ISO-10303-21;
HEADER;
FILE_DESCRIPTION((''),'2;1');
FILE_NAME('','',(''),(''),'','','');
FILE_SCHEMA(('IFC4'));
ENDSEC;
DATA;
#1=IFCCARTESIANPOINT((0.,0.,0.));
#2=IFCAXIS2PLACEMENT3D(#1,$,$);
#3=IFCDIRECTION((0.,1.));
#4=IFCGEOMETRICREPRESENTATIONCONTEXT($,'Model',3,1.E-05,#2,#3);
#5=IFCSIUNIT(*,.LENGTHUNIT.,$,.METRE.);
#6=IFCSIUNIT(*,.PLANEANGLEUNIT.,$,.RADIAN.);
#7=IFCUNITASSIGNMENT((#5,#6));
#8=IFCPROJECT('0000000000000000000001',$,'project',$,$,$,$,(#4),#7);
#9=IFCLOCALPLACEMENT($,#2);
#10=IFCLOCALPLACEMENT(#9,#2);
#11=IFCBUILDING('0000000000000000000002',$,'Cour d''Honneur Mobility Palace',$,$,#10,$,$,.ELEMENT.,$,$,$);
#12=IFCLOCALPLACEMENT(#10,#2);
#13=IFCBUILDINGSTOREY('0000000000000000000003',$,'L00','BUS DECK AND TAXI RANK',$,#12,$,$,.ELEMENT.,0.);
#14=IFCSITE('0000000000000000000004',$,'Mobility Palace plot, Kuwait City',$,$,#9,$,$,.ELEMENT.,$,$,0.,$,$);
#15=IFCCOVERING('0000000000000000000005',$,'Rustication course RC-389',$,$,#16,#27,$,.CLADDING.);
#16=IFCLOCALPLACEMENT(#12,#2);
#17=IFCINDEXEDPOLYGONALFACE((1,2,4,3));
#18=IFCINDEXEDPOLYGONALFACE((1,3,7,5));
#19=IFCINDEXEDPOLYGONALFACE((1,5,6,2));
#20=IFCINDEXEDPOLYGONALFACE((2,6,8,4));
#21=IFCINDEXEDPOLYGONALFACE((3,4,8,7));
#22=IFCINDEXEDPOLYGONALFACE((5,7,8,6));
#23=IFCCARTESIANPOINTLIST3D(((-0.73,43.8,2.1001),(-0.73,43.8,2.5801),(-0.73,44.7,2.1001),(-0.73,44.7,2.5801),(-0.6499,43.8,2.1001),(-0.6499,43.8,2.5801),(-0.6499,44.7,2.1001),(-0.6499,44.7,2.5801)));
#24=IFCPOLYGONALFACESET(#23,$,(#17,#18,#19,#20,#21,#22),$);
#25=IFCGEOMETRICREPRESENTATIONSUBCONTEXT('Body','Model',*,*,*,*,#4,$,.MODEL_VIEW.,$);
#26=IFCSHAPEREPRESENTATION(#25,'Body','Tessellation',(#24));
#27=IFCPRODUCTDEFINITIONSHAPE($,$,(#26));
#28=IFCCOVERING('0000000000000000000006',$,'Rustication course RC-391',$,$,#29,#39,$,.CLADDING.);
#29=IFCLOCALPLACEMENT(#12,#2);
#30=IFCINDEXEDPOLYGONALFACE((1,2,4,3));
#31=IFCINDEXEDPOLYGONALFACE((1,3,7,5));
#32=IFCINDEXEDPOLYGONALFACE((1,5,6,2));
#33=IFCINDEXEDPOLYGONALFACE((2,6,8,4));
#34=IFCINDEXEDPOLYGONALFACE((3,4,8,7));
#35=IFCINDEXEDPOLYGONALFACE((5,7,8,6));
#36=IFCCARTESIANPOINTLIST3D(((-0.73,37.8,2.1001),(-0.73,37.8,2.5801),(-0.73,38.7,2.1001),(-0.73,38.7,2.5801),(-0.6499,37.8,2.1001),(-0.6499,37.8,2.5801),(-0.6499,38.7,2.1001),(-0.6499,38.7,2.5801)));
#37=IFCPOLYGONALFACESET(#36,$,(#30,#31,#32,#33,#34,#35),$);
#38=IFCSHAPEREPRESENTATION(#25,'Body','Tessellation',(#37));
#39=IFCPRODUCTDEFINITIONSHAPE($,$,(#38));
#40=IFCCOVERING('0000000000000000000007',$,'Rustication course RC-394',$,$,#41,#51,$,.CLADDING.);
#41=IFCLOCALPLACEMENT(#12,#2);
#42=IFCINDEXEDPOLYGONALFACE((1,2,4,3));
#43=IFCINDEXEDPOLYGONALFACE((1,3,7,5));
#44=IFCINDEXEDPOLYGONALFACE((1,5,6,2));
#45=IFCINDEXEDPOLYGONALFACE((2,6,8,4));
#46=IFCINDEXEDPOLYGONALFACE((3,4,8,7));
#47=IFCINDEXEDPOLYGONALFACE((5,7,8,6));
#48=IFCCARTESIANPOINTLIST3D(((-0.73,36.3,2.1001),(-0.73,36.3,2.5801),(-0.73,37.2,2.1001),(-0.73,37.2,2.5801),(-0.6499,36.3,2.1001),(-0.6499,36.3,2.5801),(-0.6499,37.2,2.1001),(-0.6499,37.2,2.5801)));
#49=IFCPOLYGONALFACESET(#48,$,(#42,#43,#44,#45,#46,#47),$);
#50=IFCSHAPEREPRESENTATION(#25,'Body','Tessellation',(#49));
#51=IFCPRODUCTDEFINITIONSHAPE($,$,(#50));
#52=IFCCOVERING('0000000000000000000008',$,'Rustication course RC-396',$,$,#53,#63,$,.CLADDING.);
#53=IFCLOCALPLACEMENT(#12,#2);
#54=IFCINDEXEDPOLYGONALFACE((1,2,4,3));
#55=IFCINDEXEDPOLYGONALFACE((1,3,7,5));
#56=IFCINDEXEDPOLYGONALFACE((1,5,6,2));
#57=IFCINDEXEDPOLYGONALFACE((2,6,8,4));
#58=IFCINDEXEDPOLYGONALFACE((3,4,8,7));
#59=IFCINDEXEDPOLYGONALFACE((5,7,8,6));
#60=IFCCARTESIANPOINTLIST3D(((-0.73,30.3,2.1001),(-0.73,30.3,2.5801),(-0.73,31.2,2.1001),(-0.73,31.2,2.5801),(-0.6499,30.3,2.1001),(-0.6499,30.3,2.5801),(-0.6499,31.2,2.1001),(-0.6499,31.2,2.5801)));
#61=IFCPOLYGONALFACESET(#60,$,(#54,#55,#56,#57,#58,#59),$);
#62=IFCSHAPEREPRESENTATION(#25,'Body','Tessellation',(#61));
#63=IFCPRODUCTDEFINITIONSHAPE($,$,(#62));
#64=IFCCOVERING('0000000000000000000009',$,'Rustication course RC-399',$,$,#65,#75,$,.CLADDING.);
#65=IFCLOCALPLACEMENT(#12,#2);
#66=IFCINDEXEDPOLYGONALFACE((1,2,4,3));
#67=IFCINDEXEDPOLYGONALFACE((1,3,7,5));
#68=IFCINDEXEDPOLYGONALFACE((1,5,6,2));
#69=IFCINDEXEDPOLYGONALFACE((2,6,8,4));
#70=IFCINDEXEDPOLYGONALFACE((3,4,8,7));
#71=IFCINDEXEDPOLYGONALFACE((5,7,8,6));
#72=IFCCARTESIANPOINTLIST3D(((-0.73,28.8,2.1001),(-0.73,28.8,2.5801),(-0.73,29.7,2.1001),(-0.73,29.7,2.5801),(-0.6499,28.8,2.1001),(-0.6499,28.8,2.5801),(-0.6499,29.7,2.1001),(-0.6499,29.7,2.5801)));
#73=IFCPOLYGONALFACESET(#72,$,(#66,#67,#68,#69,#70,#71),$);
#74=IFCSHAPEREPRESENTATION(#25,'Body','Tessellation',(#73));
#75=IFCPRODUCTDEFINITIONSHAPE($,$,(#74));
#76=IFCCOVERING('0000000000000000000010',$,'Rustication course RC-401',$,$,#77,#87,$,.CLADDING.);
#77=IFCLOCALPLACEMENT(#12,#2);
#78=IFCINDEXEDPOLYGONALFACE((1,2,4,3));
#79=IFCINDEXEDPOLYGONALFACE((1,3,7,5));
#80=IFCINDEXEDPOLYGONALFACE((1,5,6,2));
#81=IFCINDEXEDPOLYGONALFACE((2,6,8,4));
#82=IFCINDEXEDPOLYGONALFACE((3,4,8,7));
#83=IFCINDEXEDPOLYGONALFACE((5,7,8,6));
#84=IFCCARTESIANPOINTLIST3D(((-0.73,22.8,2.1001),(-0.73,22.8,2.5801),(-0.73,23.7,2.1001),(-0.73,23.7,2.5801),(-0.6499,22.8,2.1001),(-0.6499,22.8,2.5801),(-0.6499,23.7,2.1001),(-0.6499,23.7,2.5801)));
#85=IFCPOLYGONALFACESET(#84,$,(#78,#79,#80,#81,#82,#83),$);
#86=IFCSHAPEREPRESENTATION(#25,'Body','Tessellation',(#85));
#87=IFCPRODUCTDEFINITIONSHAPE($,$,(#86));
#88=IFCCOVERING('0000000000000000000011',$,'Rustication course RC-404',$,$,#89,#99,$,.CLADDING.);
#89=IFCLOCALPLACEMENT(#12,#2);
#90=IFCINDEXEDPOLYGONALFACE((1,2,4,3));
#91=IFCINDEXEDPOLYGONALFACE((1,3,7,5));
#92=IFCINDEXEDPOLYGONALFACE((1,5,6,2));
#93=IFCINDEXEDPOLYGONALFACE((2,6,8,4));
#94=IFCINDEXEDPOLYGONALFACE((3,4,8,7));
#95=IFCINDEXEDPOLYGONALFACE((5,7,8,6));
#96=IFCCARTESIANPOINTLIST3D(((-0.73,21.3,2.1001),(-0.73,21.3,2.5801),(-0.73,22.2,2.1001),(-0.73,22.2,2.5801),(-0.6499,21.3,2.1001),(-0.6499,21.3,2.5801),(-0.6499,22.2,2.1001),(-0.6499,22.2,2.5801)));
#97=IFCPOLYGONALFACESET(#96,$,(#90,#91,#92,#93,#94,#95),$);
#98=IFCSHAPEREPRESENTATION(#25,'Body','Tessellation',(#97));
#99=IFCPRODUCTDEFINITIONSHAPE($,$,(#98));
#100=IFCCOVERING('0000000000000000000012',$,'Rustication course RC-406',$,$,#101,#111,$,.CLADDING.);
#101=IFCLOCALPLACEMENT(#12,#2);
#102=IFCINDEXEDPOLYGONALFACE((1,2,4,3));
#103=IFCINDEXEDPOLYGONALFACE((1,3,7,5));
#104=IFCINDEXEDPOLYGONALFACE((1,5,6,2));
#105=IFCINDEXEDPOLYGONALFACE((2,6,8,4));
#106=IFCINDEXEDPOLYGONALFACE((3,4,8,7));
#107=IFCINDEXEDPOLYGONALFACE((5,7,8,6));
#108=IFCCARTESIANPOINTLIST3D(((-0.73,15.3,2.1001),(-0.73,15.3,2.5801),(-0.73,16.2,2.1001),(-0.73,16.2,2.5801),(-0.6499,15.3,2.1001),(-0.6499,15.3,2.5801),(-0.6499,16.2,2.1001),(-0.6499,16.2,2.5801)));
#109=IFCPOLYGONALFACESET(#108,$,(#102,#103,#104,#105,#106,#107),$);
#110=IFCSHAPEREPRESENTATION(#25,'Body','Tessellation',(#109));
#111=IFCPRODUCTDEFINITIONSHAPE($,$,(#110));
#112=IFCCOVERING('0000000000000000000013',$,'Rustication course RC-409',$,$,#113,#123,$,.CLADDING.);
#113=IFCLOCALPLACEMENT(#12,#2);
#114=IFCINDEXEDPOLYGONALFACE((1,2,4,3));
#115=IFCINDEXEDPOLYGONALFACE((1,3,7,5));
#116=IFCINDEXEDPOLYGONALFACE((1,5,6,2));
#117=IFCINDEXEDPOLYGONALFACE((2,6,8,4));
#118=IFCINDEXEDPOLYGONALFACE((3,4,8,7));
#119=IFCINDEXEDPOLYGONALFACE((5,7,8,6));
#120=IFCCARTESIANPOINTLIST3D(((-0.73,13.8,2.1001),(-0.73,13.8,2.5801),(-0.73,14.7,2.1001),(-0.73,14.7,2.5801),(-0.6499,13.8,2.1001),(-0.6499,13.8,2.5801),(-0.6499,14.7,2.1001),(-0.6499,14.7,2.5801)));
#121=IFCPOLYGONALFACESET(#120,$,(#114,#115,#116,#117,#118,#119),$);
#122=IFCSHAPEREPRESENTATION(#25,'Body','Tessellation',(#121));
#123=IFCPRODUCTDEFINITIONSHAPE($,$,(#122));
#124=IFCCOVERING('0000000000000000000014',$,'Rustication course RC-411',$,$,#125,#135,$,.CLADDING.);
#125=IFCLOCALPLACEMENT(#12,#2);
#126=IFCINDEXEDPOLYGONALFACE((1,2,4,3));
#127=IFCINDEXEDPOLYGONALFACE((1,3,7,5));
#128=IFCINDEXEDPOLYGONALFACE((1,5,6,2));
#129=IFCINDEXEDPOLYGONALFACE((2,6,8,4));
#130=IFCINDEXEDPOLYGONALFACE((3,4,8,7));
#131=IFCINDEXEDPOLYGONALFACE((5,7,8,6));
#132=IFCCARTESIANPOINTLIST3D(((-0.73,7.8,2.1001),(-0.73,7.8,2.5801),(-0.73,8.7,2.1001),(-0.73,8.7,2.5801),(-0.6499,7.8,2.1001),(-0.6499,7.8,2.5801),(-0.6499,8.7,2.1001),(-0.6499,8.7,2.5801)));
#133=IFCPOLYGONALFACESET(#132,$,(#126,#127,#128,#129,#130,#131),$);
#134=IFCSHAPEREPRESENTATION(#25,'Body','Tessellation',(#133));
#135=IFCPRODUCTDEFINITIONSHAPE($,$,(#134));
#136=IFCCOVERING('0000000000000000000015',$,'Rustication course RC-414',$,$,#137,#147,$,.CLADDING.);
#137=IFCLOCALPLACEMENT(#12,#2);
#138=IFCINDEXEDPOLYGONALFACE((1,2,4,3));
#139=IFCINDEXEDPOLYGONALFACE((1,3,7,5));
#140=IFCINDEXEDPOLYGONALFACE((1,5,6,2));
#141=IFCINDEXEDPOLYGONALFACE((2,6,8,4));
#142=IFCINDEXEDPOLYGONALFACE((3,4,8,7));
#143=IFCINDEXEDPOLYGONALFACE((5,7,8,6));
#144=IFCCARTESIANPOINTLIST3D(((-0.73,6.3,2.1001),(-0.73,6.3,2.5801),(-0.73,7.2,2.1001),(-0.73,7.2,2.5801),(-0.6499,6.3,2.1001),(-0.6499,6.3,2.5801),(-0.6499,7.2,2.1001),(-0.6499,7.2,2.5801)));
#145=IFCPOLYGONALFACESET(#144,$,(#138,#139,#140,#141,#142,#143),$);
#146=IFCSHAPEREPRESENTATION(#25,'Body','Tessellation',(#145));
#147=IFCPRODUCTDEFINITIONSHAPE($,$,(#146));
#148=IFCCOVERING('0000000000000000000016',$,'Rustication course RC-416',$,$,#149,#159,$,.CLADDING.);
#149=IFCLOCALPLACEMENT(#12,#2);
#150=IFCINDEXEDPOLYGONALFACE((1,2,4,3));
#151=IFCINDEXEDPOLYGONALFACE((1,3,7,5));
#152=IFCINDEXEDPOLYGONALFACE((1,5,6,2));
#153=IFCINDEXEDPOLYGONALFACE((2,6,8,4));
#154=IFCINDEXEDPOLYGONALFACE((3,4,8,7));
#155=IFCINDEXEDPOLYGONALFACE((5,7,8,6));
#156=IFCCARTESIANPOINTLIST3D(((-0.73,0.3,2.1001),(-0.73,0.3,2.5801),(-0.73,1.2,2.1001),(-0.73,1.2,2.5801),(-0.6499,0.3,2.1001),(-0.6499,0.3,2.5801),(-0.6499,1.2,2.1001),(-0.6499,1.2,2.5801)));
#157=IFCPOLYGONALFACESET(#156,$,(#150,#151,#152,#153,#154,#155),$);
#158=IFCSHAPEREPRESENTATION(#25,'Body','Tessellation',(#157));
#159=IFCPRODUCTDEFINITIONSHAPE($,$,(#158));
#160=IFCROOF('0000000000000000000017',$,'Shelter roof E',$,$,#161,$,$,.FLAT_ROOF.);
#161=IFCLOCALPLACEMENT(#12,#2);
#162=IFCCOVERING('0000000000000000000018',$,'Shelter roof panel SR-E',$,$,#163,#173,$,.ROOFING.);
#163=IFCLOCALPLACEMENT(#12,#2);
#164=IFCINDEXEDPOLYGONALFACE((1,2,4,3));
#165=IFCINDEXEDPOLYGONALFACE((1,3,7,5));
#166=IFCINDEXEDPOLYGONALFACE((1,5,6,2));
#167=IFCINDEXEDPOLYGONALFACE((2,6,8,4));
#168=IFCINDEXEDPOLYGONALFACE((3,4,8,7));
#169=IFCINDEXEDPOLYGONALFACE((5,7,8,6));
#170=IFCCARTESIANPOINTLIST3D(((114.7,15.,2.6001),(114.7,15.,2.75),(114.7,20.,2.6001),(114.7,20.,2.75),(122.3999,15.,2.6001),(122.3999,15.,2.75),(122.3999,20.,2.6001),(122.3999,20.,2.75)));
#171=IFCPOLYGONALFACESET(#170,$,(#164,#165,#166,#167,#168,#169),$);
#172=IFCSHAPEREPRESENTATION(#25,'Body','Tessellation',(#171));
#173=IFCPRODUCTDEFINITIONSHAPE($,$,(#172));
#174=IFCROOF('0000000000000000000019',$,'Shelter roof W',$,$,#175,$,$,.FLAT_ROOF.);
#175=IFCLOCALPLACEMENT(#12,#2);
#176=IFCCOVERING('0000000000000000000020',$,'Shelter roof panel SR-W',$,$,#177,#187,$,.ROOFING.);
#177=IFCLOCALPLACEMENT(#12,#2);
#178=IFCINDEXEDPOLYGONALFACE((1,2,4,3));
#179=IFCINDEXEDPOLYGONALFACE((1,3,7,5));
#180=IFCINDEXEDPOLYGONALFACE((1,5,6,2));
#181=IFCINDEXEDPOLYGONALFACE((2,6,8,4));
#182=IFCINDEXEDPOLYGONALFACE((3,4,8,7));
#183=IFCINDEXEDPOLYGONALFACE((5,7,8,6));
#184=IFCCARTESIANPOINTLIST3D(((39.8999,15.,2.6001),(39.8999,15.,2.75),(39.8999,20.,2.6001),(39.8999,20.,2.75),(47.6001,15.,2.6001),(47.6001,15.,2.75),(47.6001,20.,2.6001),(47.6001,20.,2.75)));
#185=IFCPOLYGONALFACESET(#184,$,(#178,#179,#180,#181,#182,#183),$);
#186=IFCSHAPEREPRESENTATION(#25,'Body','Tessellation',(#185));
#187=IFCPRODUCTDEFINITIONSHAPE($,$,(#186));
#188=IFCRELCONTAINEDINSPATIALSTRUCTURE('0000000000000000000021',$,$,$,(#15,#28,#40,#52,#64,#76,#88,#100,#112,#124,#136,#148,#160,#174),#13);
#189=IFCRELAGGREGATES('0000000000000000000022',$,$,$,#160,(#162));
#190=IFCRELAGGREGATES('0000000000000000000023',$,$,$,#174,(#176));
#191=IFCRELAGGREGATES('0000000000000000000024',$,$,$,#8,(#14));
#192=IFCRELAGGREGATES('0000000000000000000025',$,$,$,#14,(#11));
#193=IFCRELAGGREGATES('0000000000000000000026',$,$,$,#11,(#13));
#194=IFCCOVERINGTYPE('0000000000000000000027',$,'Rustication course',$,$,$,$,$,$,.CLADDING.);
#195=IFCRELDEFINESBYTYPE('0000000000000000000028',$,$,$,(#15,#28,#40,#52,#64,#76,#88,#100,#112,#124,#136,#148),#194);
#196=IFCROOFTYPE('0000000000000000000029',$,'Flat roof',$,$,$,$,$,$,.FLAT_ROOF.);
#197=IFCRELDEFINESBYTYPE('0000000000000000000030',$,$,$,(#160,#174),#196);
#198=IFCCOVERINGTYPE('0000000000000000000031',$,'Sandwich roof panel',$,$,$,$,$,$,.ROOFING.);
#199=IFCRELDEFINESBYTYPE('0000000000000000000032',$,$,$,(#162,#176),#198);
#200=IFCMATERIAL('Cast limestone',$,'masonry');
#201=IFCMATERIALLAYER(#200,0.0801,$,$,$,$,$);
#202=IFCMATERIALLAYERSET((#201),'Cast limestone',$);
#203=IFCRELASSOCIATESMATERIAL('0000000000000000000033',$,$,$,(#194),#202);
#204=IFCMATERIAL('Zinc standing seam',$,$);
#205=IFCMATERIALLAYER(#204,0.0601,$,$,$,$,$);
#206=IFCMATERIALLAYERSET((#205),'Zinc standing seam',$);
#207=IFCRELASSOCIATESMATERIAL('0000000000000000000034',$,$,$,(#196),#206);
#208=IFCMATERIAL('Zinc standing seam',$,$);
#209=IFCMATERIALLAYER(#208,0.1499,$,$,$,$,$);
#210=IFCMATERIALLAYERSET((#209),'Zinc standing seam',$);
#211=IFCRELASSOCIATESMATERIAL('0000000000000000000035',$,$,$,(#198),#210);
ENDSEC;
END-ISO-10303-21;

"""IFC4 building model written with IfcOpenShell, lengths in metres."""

from ifc_helpers import new_model, si_unit, direction, frame, origin, place, context, subcontext, project, spatial, polyline, outline, extrude, material, layer, layer_set, type_object, element, aggregate, save


model = new_model("IFC4")

# Units and contexts
model_context = context("Model", 3, precision=1e-05, world=origin(), true_north=direction((0.0, 1.0)))
body_context = subcontext(model_context, "Body", "Model", "MODEL_VIEW")
ifc_project = project(units=[si_unit("LENGTHUNIT", "METRE"), si_unit("PLANEANGLEUNIT", "RADIAN")], contexts=[model_context])

# Site, building, storey
site_placement = place(None, origin())
site = spatial("IfcSite", under=ifc_project, at=site_placement, Name="Mobility Palace plot, Kuwait City", CompositionType="ELEMENT", RefElevation=0.0)
building_placement = place(site_placement, origin())
building = spatial("IfcBuilding", under=site, at=building_placement, Name="Cour d'Honneur Mobility Palace", CompositionType="ELEMENT")
storey_placement = place(building_placement, origin())
storey = spatial("IfcBuildingStorey", under=building, at=storey_placement, Name="L00", Description="BUS DECK AND TAXI RANK", CompositionType="ELEMENT", Elevation=0.0)

# Coverings
ifc_material_1 = material(Name="Cast limestone", Category="masonry")
ifc_layer_1 = layer(ifc_material_1, 0.0801)
ifc_layer_set_1 = layer_set([ifc_layer_1], Name="Cast limestone")
covering_type_1 = type_object("IfcCoveringType", Name="Rustication course", PredefinedType="CLADDING", material=ifc_layer_set_1)
covering_1_placement = place(storey_placement, frame((0.0, 0.0, 2.1001)))
element("IfcCovering", 1, at=covering_1_placement, inside=storey, type_object=covering_type_1, Name="Rustication course RC-389", PredefinedType="CLADDING", context=body_context, shape_type="SweptSolid", body=[
    extrude(outline(polyline([(-0.6499, 44.7), (-0.6499, 43.8), (-0.73, 43.8), (-0.73, 44.7), (-0.6499, 44.7)])), origin(), (0.0, 0.0, 1.0), 0.48),
])
covering_2_placement = place(storey_placement, frame((0.0, 0.0, 2.1001)))
element("IfcCovering", 2, at=covering_2_placement, inside=storey, type_object=covering_type_1, Name="Rustication course RC-391", PredefinedType="CLADDING", context=body_context, shape_type="SweptSolid", body=[
    extrude(outline(polyline([(-0.6499, 38.7), (-0.6499, 37.8), (-0.73, 37.8), (-0.73, 38.7), (-0.6499, 38.7)])), origin(), (0.0, 0.0, 1.0), 0.48),
])
covering_3_placement = place(storey_placement, frame((0.0, 0.0, 2.1001)))
element("IfcCovering", 3, at=covering_3_placement, inside=storey, type_object=covering_type_1, Name="Rustication course RC-394", PredefinedType="CLADDING", context=body_context, shape_type="SweptSolid", body=[
    extrude(outline(polyline([(-0.6499, 37.2), (-0.6499, 36.3), (-0.73, 36.3), (-0.73, 37.2), (-0.6499, 37.2)])), origin(), (0.0, 0.0, 1.0), 0.48),
])
covering_4_placement = place(storey_placement, frame((0.0, 0.0, 2.1001)))
element("IfcCovering", 4, at=covering_4_placement, inside=storey, type_object=covering_type_1, Name="Rustication course RC-396", PredefinedType="CLADDING", context=body_context, shape_type="SweptSolid", body=[
    extrude(outline(polyline([(-0.6499, 31.2), (-0.6499, 30.3), (-0.73, 30.3), (-0.73, 31.2), (-0.6499, 31.2)])), origin(), (0.0, 0.0, 1.0), 0.48),
])
covering_5_placement = place(storey_placement, frame((0.0, 0.0, 2.1001)))
element("IfcCovering", 5, at=covering_5_placement, inside=storey, type_object=covering_type_1, Name="Rustication course RC-399", PredefinedType="CLADDING", context=body_context, shape_type="SweptSolid", body=[
    extrude(outline(polyline([(-0.6499, 29.7), (-0.6499, 28.8), (-0.73, 28.8), (-0.73, 29.7), (-0.6499, 29.7)])), origin(), (0.0, 0.0, 1.0), 0.48),
])
covering_6_placement = place(storey_placement, frame((0.0, 0.0, 2.1001)))
element("IfcCovering", 6, at=covering_6_placement, inside=storey, type_object=covering_type_1, Name="Rustication course RC-401", PredefinedType="CLADDING", context=body_context, shape_type="SweptSolid", body=[
    extrude(outline(polyline([(-0.6499, 23.7), (-0.6499, 22.8), (-0.73, 22.8), (-0.73, 23.7), (-0.6499, 23.7)])), origin(), (0.0, 0.0, 1.0), 0.48),
])
covering_7_placement = place(storey_placement, frame((0.0, 0.0, 2.1001)))
element("IfcCovering", 7, at=covering_7_placement, inside=storey, type_object=covering_type_1, Name="Rustication course RC-404", PredefinedType="CLADDING", context=body_context, shape_type="SweptSolid", body=[
    extrude(outline(polyline([(-0.6499, 22.2), (-0.6499, 21.3), (-0.73, 21.3), (-0.73, 22.2), (-0.6499, 22.2)])), origin(), (0.0, 0.0, 1.0), 0.48),
])
covering_8_placement = place(storey_placement, frame((0.0, 0.0, 2.1001)))
element("IfcCovering", 8, at=covering_8_placement, inside=storey, type_object=covering_type_1, Name="Rustication course RC-406", PredefinedType="CLADDING", context=body_context, shape_type="SweptSolid", body=[
    extrude(outline(polyline([(-0.6499, 16.2), (-0.6499, 15.3), (-0.73, 15.3), (-0.73, 16.2), (-0.6499, 16.2)])), origin(), (0.0, 0.0, 1.0), 0.48),
])
covering_9_placement = place(storey_placement, frame((0.0, 0.0, 2.1001)))
element("IfcCovering", 9, at=covering_9_placement, inside=storey, type_object=covering_type_1, Name="Rustication course RC-409", PredefinedType="CLADDING", context=body_context, shape_type="SweptSolid", body=[
    extrude(outline(polyline([(-0.6499, 14.7), (-0.6499, 13.8), (-0.73, 13.8), (-0.73, 14.7), (-0.6499, 14.7)])), origin(), (0.0, 0.0, 1.0), 0.48),
])
covering_10_placement = place(storey_placement, frame((0.0, 0.0, 2.1001)))
element("IfcCovering", 10, at=covering_10_placement, inside=storey, type_object=covering_type_1, Name="Rustication course RC-411", PredefinedType="CLADDING", context=body_context, shape_type="SweptSolid", body=[
    extrude(outline(polyline([(-0.6499, 8.7), (-0.6499, 7.8), (-0.73, 7.8), (-0.73, 8.7), (-0.6499, 8.7)])), origin(), (0.0, 0.0, 1.0), 0.48),
])
covering_11_placement = place(storey_placement, frame((0.0, 0.0, 2.1001)))
element("IfcCovering", 11, at=covering_11_placement, inside=storey, type_object=covering_type_1, Name="Rustication course RC-414", PredefinedType="CLADDING", context=body_context, shape_type="SweptSolid", body=[
    extrude(outline(polyline([(-0.6499, 7.2), (-0.6499, 6.3), (-0.73, 6.3), (-0.73, 7.2), (-0.6499, 7.2)])), origin(), (0.0, 0.0, 1.0), 0.48),
])
covering_12_placement = place(storey_placement, frame((0.0, 0.0, 2.1001)))
element("IfcCovering", 12, at=covering_12_placement, inside=storey, type_object=covering_type_1, Name="Rustication course RC-416", PredefinedType="CLADDING", context=body_context, shape_type="SweptSolid", body=[
    extrude(outline(polyline([(-0.6499, 1.2), (-0.6499, 0.3), (-0.73, 0.3), (-0.73, 1.2), (-0.6499, 1.2)])), origin(), (0.0, 0.0, 1.0), 0.48),
])

# Roofs, coverings
ifc_material_2 = material(Name="Zinc standing seam")
ifc_layer_2 = layer(ifc_material_2, 0.0601)
ifc_layer_set_2 = layer_set([ifc_layer_2], Name="Zinc standing seam")
roof_type = type_object("IfcRoofType", Name="Flat roof", PredefinedType="FLAT_ROOF", material=ifc_layer_set_2)
roof_1_placement = place(storey_placement, origin())
roof_1 = element("IfcRoof", 13, at=roof_1_placement, inside=storey, type_object=roof_type, Name="Shelter roof E", PredefinedType="FLAT_ROOF")
ifc_material_3 = material(Name="Zinc standing seam")
ifc_layer_3 = layer(ifc_material_3, 0.1499)
ifc_layer_set_3 = layer_set([ifc_layer_3], Name="Zinc standing seam")
covering_type_2 = type_object("IfcCoveringType", Name="Sandwich roof panel", PredefinedType="ROOFING", material=ifc_layer_set_3)
covering_13_placement = place(storey_placement, frame((0.0, 0.0, 2.6001)))
covering_13 = element("IfcCovering", 14, at=covering_13_placement, type_object=covering_type_2, Name="Shelter roof panel SR-E", PredefinedType="ROOFING", context=body_context, shape_type="SweptSolid", body=[
    extrude(outline(polyline([(114.7, 15.0), (122.3999, 15.0), (122.3999, 20.0), (114.7, 20.0), (114.7, 15.0)])), origin(), (0.0, 0.0, 1.0), 0.1499),
])
aggregate(roof_1, [covering_13])
roof_2_placement = place(storey_placement, origin())
roof_2 = element("IfcRoof", 15, at=roof_2_placement, inside=storey, type_object=roof_type, Name="Shelter roof W", PredefinedType="FLAT_ROOF")
covering_14_placement = place(storey_placement, frame((0.0, 0.0, 2.6001)))
covering_14 = element("IfcCovering", 16, at=covering_14_placement, type_object=covering_type_2, Name="Shelter roof panel SR-W", PredefinedType="ROOFING", context=body_context, shape_type="SweptSolid", body=[
    extrude(outline(polyline([(39.8999, 15.0), (47.6001, 15.0), (47.6001, 20.0), (39.8999, 20.0), (39.8999, 15.0)])), origin(), (0.0, 0.0, 1.0), 0.1499),
])
aggregate(roof_2, [covering_14])

save(model, "model.ifc")
